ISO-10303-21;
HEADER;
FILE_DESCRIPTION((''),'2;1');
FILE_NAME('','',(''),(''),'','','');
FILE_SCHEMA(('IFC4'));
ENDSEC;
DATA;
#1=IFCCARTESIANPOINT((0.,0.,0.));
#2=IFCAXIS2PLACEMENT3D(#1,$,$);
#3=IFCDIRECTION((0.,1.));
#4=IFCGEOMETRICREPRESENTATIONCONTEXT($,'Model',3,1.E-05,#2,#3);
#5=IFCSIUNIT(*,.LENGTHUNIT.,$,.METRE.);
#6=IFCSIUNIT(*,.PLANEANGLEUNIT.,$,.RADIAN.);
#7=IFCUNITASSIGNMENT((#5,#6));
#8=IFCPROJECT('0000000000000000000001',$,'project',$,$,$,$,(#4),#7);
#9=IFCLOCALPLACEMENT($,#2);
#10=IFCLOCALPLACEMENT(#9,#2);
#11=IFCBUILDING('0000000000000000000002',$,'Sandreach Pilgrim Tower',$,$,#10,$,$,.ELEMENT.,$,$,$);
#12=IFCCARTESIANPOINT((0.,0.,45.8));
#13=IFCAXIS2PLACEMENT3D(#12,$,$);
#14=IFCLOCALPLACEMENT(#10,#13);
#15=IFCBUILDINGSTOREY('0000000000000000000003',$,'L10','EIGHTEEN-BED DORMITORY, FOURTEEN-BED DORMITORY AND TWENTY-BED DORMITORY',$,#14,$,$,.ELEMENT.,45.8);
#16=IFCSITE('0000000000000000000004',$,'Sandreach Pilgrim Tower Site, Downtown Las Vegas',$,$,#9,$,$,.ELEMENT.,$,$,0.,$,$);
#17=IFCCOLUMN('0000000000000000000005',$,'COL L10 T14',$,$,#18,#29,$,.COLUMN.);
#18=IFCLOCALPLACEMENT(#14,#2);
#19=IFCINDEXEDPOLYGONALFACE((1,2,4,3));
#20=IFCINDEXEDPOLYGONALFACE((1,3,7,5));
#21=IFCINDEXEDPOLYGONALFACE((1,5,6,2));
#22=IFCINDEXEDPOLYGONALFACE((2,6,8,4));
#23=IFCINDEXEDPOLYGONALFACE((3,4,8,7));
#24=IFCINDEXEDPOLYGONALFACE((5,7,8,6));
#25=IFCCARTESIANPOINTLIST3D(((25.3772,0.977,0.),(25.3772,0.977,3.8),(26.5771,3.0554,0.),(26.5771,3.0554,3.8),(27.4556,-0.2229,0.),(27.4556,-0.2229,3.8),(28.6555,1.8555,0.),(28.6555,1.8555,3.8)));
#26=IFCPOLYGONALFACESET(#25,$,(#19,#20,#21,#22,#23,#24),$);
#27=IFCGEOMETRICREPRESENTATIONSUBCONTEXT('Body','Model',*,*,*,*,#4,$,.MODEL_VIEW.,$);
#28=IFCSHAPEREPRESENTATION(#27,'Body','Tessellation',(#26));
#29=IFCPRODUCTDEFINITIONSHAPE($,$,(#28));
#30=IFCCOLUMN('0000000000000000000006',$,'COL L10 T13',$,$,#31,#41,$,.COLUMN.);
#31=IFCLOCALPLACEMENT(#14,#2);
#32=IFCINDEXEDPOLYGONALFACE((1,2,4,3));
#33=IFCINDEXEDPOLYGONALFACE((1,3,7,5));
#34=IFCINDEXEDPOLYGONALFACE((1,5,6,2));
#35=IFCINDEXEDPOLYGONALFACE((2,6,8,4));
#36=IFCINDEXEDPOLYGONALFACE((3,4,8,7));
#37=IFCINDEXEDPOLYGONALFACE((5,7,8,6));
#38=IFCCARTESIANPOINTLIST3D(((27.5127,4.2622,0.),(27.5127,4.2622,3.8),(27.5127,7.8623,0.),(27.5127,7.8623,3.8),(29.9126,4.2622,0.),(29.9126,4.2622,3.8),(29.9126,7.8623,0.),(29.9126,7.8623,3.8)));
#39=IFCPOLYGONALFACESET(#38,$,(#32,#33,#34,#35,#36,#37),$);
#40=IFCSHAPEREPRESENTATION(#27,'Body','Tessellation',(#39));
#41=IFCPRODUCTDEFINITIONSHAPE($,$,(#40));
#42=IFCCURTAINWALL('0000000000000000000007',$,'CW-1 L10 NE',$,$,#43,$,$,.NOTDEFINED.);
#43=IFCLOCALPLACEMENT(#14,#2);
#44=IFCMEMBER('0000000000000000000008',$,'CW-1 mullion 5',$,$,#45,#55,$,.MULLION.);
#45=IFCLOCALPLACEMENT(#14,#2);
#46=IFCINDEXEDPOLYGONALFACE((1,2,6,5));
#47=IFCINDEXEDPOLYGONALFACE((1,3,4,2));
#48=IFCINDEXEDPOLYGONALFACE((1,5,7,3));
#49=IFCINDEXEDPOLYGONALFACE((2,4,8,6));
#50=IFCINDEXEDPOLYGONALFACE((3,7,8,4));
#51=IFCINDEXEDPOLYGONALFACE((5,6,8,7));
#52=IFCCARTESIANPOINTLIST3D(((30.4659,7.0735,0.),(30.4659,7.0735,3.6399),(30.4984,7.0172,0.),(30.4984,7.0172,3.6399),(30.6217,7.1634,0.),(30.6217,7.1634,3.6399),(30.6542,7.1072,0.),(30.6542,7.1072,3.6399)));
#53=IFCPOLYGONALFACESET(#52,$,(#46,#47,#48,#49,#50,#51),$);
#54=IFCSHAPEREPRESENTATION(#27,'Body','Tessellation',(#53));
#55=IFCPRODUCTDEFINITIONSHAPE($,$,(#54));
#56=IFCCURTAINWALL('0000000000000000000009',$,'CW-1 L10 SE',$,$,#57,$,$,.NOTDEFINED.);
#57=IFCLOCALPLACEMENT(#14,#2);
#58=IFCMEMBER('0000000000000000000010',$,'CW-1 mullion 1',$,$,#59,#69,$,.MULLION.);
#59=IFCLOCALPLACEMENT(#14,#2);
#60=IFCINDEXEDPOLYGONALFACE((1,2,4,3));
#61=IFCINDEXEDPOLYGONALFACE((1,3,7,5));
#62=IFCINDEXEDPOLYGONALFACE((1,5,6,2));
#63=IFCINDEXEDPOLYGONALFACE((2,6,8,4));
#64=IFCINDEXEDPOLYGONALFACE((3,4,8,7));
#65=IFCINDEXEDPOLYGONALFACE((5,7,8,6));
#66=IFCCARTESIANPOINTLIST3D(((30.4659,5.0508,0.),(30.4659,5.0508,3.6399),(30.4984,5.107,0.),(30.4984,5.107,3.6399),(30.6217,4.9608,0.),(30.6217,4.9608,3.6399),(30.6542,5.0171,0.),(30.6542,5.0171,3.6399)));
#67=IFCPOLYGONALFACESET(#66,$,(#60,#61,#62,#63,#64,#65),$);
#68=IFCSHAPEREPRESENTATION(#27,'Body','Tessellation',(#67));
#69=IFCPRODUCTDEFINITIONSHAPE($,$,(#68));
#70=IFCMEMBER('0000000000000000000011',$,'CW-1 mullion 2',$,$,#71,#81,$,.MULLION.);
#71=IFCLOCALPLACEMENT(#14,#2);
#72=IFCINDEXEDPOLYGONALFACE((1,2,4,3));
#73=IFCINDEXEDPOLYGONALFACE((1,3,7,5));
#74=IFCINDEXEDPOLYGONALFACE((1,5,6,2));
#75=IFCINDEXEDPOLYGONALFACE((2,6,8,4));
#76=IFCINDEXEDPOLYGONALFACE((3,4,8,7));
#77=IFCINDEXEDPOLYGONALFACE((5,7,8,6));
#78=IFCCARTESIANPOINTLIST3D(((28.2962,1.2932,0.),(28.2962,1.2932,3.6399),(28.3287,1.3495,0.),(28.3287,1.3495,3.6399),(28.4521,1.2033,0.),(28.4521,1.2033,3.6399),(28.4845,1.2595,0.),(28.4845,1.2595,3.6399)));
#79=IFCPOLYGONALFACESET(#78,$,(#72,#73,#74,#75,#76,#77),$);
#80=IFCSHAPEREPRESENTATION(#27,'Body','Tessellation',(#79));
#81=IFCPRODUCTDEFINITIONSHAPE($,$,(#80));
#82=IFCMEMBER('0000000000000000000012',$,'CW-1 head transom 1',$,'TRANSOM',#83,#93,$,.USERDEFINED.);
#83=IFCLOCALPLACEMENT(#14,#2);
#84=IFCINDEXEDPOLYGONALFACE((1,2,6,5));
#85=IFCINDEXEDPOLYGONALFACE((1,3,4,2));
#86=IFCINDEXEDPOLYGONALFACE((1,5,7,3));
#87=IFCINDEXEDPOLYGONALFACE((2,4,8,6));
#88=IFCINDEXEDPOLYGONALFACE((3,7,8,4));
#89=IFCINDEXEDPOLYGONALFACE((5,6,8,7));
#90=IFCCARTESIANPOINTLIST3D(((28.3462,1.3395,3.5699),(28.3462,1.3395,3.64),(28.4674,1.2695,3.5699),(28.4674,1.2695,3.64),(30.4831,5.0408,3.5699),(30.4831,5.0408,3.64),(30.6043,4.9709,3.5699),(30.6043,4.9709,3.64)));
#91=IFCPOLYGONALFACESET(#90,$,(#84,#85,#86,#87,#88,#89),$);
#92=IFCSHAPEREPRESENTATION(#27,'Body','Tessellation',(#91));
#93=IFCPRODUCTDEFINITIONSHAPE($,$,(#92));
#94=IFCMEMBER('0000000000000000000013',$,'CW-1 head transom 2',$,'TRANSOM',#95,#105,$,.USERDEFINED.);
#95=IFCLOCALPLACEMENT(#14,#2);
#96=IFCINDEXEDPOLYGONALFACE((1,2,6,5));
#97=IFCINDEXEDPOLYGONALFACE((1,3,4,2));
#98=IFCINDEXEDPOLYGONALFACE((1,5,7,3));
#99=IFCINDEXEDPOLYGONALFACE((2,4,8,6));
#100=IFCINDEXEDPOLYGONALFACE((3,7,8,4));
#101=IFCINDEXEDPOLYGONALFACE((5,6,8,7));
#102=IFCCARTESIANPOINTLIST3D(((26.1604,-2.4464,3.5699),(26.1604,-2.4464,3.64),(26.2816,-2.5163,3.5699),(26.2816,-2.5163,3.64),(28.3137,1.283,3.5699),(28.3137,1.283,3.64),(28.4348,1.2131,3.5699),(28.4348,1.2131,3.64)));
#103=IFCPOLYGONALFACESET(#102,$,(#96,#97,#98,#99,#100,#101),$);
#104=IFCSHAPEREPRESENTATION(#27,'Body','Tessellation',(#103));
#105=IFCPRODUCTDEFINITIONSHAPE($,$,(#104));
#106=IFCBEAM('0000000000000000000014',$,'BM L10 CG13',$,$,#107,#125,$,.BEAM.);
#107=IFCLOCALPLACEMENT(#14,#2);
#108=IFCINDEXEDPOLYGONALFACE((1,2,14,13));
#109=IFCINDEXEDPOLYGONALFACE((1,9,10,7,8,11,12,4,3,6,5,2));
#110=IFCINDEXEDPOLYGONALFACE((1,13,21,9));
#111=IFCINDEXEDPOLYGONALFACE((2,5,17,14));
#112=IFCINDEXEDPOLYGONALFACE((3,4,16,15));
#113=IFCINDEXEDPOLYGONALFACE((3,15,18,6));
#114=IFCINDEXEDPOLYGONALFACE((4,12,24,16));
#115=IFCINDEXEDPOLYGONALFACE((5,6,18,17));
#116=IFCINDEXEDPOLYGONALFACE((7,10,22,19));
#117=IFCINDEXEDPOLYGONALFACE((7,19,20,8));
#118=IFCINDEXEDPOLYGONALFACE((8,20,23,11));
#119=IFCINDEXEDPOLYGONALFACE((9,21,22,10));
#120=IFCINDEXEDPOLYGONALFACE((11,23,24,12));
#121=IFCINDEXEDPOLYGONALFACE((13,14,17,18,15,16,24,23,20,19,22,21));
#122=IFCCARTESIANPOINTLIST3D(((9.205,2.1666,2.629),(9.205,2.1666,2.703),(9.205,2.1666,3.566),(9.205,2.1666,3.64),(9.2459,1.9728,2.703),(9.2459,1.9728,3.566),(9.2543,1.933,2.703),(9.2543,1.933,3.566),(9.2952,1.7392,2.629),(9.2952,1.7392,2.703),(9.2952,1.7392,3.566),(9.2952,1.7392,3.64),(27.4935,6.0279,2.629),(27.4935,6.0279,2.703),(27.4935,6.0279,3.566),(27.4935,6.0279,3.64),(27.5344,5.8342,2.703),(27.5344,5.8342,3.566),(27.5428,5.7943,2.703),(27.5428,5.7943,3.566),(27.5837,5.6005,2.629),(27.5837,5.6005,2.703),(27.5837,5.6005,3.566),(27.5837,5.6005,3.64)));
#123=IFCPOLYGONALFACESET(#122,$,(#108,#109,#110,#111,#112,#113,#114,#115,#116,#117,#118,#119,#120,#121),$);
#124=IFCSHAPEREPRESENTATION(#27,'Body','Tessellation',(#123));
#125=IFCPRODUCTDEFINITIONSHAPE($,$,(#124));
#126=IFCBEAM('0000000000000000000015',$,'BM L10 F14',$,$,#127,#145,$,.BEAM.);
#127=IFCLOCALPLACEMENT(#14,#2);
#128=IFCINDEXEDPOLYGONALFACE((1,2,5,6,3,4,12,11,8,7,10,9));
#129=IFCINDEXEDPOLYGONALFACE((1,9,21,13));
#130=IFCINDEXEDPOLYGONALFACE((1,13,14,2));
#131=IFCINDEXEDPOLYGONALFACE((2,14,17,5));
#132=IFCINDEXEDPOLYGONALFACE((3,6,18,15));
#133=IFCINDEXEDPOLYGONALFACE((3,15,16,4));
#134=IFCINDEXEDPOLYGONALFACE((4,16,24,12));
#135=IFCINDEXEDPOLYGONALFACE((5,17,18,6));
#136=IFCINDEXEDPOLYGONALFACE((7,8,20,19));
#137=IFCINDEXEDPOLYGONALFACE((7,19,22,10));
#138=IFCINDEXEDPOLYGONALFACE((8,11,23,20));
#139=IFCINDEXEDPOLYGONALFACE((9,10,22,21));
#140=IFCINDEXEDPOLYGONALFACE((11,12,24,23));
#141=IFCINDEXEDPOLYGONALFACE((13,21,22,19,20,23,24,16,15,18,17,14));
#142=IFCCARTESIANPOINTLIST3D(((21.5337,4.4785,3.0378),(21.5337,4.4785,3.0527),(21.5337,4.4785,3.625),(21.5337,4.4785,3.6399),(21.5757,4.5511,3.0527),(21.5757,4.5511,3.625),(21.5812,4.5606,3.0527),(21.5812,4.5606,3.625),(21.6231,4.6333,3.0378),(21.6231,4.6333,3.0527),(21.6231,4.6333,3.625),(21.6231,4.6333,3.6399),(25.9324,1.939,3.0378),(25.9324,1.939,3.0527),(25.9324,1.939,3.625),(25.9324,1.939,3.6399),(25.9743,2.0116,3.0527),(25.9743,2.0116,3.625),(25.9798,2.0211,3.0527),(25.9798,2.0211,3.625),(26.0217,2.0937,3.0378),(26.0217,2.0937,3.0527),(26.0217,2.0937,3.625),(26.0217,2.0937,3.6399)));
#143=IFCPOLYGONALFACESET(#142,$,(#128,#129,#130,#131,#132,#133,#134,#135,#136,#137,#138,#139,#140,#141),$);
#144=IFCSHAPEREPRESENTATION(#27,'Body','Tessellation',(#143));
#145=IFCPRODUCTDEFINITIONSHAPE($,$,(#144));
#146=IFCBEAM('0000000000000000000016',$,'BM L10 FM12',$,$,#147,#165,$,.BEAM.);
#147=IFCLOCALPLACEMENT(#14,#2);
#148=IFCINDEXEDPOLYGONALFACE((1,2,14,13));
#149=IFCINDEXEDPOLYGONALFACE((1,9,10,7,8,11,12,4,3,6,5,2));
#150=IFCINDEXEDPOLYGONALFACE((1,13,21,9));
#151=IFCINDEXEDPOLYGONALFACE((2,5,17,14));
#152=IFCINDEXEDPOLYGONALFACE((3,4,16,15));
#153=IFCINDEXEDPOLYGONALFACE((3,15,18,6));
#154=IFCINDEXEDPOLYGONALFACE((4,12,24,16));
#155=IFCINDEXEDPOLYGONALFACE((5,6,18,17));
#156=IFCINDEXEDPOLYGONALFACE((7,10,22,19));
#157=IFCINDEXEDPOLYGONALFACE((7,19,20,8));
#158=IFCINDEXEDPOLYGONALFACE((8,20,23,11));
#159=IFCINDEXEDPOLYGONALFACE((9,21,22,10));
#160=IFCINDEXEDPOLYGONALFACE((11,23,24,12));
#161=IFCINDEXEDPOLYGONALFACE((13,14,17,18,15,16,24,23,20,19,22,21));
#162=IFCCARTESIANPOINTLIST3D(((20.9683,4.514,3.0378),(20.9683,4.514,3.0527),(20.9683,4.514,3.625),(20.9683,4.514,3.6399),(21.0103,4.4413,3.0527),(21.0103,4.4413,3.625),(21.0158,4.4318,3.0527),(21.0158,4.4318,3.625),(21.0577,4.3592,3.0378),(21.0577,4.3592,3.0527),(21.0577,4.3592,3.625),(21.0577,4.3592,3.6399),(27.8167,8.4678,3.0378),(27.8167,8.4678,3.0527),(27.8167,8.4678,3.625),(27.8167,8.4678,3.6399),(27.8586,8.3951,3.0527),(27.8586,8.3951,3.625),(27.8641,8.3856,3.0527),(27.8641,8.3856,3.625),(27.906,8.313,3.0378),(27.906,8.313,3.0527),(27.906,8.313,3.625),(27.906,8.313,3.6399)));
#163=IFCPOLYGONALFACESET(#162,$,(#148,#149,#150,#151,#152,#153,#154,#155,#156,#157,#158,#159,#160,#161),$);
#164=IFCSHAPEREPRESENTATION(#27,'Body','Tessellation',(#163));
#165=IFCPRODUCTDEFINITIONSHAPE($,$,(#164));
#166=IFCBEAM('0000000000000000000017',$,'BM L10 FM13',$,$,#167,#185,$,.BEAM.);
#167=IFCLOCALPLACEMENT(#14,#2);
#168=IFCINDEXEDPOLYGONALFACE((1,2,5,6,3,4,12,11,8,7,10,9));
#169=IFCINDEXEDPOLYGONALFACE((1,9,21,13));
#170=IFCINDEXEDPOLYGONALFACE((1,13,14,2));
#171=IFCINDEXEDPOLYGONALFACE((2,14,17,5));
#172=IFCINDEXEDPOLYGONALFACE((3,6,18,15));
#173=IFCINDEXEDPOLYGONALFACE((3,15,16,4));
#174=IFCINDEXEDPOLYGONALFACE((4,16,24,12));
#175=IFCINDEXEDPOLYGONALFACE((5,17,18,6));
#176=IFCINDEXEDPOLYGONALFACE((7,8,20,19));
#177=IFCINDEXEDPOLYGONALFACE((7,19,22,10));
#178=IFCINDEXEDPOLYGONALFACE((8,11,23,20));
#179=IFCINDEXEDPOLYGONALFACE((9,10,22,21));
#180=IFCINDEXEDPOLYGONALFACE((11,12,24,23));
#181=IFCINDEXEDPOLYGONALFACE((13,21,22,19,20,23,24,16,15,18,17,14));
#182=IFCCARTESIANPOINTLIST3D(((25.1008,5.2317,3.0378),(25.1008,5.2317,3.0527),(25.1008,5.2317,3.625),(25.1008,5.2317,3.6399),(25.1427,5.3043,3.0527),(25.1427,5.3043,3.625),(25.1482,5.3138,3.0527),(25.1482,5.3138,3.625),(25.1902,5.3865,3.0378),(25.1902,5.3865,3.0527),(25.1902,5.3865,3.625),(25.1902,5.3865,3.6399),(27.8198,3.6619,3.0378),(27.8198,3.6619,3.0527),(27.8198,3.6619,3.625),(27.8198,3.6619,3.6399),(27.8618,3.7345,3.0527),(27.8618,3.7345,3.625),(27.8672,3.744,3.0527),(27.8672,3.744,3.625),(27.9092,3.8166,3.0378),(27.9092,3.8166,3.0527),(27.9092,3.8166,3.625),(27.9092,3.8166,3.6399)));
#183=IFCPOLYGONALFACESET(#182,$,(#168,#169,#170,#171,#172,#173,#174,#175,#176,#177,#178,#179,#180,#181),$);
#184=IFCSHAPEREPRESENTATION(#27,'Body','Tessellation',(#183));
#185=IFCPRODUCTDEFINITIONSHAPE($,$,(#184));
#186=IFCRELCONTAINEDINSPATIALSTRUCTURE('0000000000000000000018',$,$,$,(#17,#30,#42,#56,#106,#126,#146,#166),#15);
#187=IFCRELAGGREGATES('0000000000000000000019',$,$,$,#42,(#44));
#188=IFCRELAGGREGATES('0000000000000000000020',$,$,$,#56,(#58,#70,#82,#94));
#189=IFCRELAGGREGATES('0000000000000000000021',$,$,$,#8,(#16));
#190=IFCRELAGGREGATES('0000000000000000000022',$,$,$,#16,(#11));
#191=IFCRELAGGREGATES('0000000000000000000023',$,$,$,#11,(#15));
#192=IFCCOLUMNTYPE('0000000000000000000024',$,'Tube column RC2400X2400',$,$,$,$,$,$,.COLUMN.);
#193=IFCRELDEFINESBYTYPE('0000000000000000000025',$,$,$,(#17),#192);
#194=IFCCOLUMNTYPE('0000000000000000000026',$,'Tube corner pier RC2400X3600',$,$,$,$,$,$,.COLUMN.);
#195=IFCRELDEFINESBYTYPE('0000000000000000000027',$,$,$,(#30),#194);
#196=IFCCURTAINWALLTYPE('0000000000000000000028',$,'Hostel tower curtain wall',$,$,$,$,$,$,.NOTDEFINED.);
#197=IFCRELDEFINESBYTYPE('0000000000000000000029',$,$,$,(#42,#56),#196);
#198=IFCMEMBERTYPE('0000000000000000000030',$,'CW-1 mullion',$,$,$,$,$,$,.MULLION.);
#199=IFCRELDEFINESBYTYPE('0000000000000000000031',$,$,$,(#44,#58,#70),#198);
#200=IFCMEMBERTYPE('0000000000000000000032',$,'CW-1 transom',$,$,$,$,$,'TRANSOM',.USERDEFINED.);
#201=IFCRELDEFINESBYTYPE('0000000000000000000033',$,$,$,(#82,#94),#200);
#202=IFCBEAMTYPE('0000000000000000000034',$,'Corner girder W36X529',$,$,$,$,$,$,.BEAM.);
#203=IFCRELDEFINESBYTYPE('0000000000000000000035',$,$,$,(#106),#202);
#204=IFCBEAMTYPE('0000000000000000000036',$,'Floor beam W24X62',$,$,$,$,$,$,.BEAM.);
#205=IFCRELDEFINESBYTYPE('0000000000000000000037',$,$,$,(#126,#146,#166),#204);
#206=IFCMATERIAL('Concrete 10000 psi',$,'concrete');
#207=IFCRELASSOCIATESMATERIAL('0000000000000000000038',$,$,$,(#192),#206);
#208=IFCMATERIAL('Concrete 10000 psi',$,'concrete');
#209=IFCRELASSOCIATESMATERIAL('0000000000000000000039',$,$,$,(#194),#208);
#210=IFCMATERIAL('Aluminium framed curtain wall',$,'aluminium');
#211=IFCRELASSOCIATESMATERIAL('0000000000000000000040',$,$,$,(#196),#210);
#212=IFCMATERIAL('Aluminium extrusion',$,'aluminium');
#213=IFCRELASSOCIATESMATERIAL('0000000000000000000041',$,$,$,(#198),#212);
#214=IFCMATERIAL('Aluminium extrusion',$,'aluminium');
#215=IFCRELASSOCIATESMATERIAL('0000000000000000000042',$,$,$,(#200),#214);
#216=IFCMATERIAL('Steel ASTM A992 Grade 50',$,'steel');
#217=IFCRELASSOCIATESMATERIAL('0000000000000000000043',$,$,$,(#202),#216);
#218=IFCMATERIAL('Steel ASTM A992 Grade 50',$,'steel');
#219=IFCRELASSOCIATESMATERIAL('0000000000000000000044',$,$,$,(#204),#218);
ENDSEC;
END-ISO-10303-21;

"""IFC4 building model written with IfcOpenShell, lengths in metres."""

from ifc_helpers import new_model, si_unit, direction, frame, origin, origin_2d, place, context, subcontext, project, spatial, rectangle, i_section, extrude, material, material_profile, profile_set, type_object, element, aggregate, save


model = new_model("IFC4")

# Units and contexts
model_context = context("Model", 3, precision=1e-05, world=origin(), true_north=direction((0.0, 1.0)))
body_context = subcontext(model_context, "Body", "Model", "MODEL_VIEW")
ifc_project = project(units=[si_unit("LENGTHUNIT", "METRE"), si_unit("PLANEANGLEUNIT", "RADIAN")], contexts=[model_context])

# Site, building, storey
site_placement = place(None, origin())
site = spatial("IfcSite", under=ifc_project, at=site_placement, Name="Sandreach Pilgrim Tower Site, Downtown Las Vegas", CompositionType="ELEMENT", RefElevation=0.0)
building_placement = place(site_placement, origin())
building = spatial("IfcBuilding", under=site, at=building_placement, Name="Sandreach Pilgrim Tower", CompositionType="ELEMENT")
storey_placement = place(building_placement, frame((0.0, 0.0, 45.8)))
storey = spatial("IfcBuildingStorey", under=building, at=storey_placement, Name="L10", Description="EIGHTEEN-BED DORMITORY, FOURTEEN-BED DORMITORY AND TWENTY-BED DORMITORY", CompositionType="ELEMENT", Elevation=45.8)

# Columns
ifc_material_1 = material(Name="Concrete 10000 psi", Category="concrete")
ifc_material_profile_1 = material_profile(ifc_material_1, rectangle(XDim=2.3999, YDim=2.3999, at=origin_2d()), Name="RC2400X2400")
ifc_profile_set_1 = profile_set([ifc_material_profile_1], Name="Concrete 10000 psi")
column_type_1 = type_object("IfcColumnType", Name="Tube column RC2400X2400", PredefinedType="COLUMN", material=ifc_profile_set_1)
column_1_placement = place(storey_placement, frame((27.0164, 1.4163, 0.0), z_axis=(0.0, 0.0, 1.0), x_axis=(0.866025, -0.5, 0.0)))
element("IfcColumn", 1, at=column_1_placement, inside=storey, type_object=column_type_1, Name="COL L10 T14", PredefinedType="COLUMN", context=body_context, shape_type="SweptSolid", body=[
    extrude(rectangle(XDim=2.3999, YDim=2.3999, at=origin_2d()), origin(), (0.0, 0.0, 1.0), 3.8),
])
ifc_material_2 = material(Name="Concrete 10000 psi", Category="concrete")
ifc_material_profile_2 = material_profile(ifc_material_2, rectangle(XDim=2.3999, YDim=3.6001, at=origin_2d()), Name="RC2400X3600")
ifc_profile_set_2 = profile_set([ifc_material_profile_2], Name="Concrete 10000 psi")
column_type_2 = type_object("IfcColumnType", Name="Tube corner pier RC2400X3600", PredefinedType="COLUMN", material=ifc_profile_set_2)
column_2_placement = place(storey_placement, frame((28.7126, 6.0623, 0.0), z_axis=(0.0, 0.0, 1.0), x_axis=(1.0, 0.0, 0.0)))
element("IfcColumn", 2, at=column_2_placement, inside=storey, type_object=column_type_2, Name="COL L10 T13", PredefinedType="COLUMN", context=body_context, shape_type="SweptSolid", body=[
    extrude(rectangle(XDim=2.3999, YDim=3.6001, at=origin_2d()), origin(), (0.0, 0.0, 1.0), 3.8),
])

# Curtain wall, member
ifc_material_3 = material(Name="Aluminium framed curtain wall", Category="aluminium")
curtain_wall_type = type_object("IfcCurtainWallType", Name="Hostel tower curtain wall", PredefinedType="NOTDEFINED", material=ifc_material_3)
curtain_wall_1_placement = place(storey_placement, origin())
curtain_wall_1 = element("IfcCurtainWall", 3, at=curtain_wall_1_placement, inside=storey, type_object=curtain_wall_type, Name="CW-1 L10 NE", PredefinedType="NOTDEFINED")
ifc_material_4 = material(Name="Aluminium extrusion", Category="aluminium")
ifc_material_profile_3 = material_profile(ifc_material_4, rectangle(XDim=0.0649, YDim=0.1799, at=origin_2d()), Name="CW-1M 65X180")
ifc_profile_set_3 = profile_set([ifc_material_profile_3], Name="Aluminium extrusion")
member_type_1 = type_object("IfcMemberType", Name="CW-1 mullion", PredefinedType="MULLION", material=ifc_profile_set_3)
member_1_placement = place(storey_placement, frame((30.5601, 7.0903, 0.0), z_axis=(0.0, 0.0, 1.0), x_axis=(0.5, -0.866025, 0.0)))
member_1 = element("IfcMember", 4, at=member_1_placement, type_object=member_type_1, Name="CW-1 mullion 5", PredefinedType="MULLION", context=body_context, shape_type="SweptSolid", body=[
    extrude(rectangle(XDim=0.0649, YDim=0.1799, at=origin_2d()), origin(), (0.0, 0.0, 1.0), 3.6399),
])

# Curtain wall, members
curtain_wall_2_placement = place(storey_placement, origin())
curtain_wall_2 = element("IfcCurtainWall", 5, at=curtain_wall_2_placement, inside=storey, type_object=curtain_wall_type, Name="CW-1 L10 SE", PredefinedType="NOTDEFINED")
member_2_placement = place(storey_placement, frame((30.5601, 5.0339, 0.0), z_axis=(0.0, 0.0, 1.0), x_axis=(-0.5, -0.866025, 0.0)))
member_2 = element("IfcMember", 6, at=member_2_placement, type_object=member_type_1, Name="CW-1 mullion 1", PredefinedType="MULLION", context=body_context, shape_type="SweptSolid", body=[
    extrude(rectangle(XDim=0.0649, YDim=0.1799, at=origin_2d()), origin(), (0.0, 0.0, 1.0), 3.6399),
])
member_3_placement = place(storey_placement, frame((28.3904, 1.2764, 0.0), z_axis=(0.0, 0.0, 1.0), x_axis=(-0.5, -0.866025, 0.0)))
member_3 = element("IfcMember", 7, at=member_3_placement, type_object=member_type_1, Name="CW-1 mullion 2", PredefinedType="MULLION", context=body_context, shape_type="SweptSolid", body=[
    extrude(rectangle(XDim=0.0649, YDim=0.1799, at=origin_2d()), origin(), (0.0, 0.0, 1.0), 3.6399),
])
ifc_material_5 = material(Name="Aluminium extrusion", Category="aluminium")
ifc_material_profile_4 = material_profile(ifc_material_5, rectangle(XDim=0.1399, YDim=0.0701, at=origin_2d()), Name="CW-1T 140X70")
ifc_profile_set_4 = profile_set([ifc_material_profile_4], Name="Aluminium extrusion")
member_type_2 = type_object("IfcMemberType", Name="CW-1 transom", ElementType="TRANSOM", PredefinedType="USERDEFINED", material=ifc_profile_set_4)
member_4_placement = place(storey_placement, frame((30.5437, 5.0059, 3.605), z_axis=(-0.499991, -0.866031, 0.0), x_axis=(0.866031, -0.499991, 0.0)))
member_4 = element("IfcMember", 8, at=member_4_placement, type_object=member_type_2, Name="CW-1 head transom 1", ObjectType="TRANSOM", PredefinedType="USERDEFINED", context=body_context, shape_type="SweptSolid", body=[
    extrude(rectangle(XDim=0.1399, YDim=0.0701, at=origin_2d()), origin(), (0.0, 0.0, 1.0), 4.2739),
])
member_5_placement = place(storey_placement, frame((28.3743, 1.248, 3.605), z_axis=(-0.500017, -0.866016, 0.0), x_axis=(0.866016, -0.500017, 0.0)))
member_5 = element("IfcMember", 9, at=member_5_placement, type_object=member_type_2, Name="CW-1 head transom 2", ObjectType="TRANSOM", PredefinedType="USERDEFINED", context=body_context, shape_type="SweptSolid", body=[
    extrude(rectangle(XDim=0.1399, YDim=0.0701, at=origin_2d()), origin(), (0.0, 0.0, 1.0), 4.3064),
])

# Beams
ifc_material_6 = material(Name="Steel ASTM A992 Grade 50", Category="steel")
ifc_material_profile_5 = material_profile(ifc_material_6, i_section(OverallWidth=0.4368, OverallDepth=1.011, WebThickness=0.0408, FlangeThickness=0.074, at=origin_2d()), Name="W36X529")
ifc_profile_set_5 = profile_set([ifc_material_profile_5], Name="Steel ASTM A992 Grade 50")
beam_type_1 = type_object("IfcBeamType", Name="Corner girder W36X529", PredefinedType="BEAM", material=ifc_profile_set_5)
beam_1_placement = place(storey_placement, frame((27.5386, 5.8142, 3.1345), z_axis=(-0.97843, -0.206579, 0.0), x_axis=(0.206579, -0.97843, 0.0)))
element("IfcBeam", 10, at=beam_1_placement, inside=storey, type_object=beam_type_1, Name="BM L10 CG13", PredefinedType="BEAM", context=body_context, shape_type="SweptSolid", body=[
    extrude(i_section(OverallWidth=0.4368, OverallDepth=1.011, WebThickness=0.0408, FlangeThickness=0.074, at=origin_2d()), origin(), (0.0, 0.0, 1.0), 18.6917),
])
ifc_material_7 = material(Name="Steel ASTM A992 Grade 50", Category="steel")
ifc_material_profile_6 = material_profile(ifc_material_7, i_section(OverallWidth=0.1787, OverallDepth=0.6021, WebThickness=0.011, FlangeThickness=0.0149, at=origin_2d()), Name="W24X62")
ifc_profile_set_6 = profile_set([ifc_material_profile_6], Name="Steel ASTM A992 Grade 50")
beam_type_2 = type_object("IfcBeamType", Name="Floor beam W24X62", PredefinedType="BEAM", material=ifc_profile_set_6)
beam_2_placement = place(storey_placement, frame((25.9771, 2.0164, 3.3389), z_axis=(-0.866028, 0.499996, 0.0), x_axis=(-0.499996, -0.866028, 0.0)))
element("IfcBeam", 11, at=beam_2_placement, inside=storey, type_object=beam_type_2, Name="BM L10 F14", PredefinedType="BEAM", context=body_context, shape_type="SweptSolid", body=[
    extrude(i_section(OverallWidth=0.1787, OverallDepth=0.6021, WebThickness=0.011, FlangeThickness=0.0149, at=origin_2d()), origin(), (0.0, 0.0, 1.0), 5.0791),
])
beam_3_placement = place(storey_placement, frame((27.8613, 8.3904, 3.3389), z_axis=(-0.866029, -0.499994, 0.0), x_axis=(0.499994, -0.866029, 0.0)))
element("IfcBeam", 12, at=beam_3_placement, inside=storey, type_object=beam_type_2, Name="BM L10 FM12", PredefinedType="BEAM", context=body_context, shape_type="SweptSolid", body=[
    extrude(i_section(OverallWidth=0.1787, OverallDepth=0.6021, WebThickness=0.011, FlangeThickness=0.0149, at=origin_2d()), origin(), (0.0, 0.0, 1.0), 7.9077),
])
beam_4_placement = place(storey_placement, frame((27.8645, 3.7393, 3.3389), z_axis=(-0.866024, 0.500003, 0.0), x_axis=(-0.500003, -0.866024, 0.0)))
element("IfcBeam", 13, at=beam_4_placement, inside=storey, type_object=beam_type_2, Name="BM L10 FM13", PredefinedType="BEAM", context=body_context, shape_type="SweptSolid", body=[
    extrude(i_section(OverallWidth=0.1787, OverallDepth=0.6021, WebThickness=0.011, FlangeThickness=0.0149, at=origin_2d()), origin(), (0.0, 0.0, 1.0), 3.1396),
])

aggregate(curtain_wall_1, [member_1])
aggregate(curtain_wall_2, [member_2, member_3, member_4, member_5])

save(model, "model.ifc")
